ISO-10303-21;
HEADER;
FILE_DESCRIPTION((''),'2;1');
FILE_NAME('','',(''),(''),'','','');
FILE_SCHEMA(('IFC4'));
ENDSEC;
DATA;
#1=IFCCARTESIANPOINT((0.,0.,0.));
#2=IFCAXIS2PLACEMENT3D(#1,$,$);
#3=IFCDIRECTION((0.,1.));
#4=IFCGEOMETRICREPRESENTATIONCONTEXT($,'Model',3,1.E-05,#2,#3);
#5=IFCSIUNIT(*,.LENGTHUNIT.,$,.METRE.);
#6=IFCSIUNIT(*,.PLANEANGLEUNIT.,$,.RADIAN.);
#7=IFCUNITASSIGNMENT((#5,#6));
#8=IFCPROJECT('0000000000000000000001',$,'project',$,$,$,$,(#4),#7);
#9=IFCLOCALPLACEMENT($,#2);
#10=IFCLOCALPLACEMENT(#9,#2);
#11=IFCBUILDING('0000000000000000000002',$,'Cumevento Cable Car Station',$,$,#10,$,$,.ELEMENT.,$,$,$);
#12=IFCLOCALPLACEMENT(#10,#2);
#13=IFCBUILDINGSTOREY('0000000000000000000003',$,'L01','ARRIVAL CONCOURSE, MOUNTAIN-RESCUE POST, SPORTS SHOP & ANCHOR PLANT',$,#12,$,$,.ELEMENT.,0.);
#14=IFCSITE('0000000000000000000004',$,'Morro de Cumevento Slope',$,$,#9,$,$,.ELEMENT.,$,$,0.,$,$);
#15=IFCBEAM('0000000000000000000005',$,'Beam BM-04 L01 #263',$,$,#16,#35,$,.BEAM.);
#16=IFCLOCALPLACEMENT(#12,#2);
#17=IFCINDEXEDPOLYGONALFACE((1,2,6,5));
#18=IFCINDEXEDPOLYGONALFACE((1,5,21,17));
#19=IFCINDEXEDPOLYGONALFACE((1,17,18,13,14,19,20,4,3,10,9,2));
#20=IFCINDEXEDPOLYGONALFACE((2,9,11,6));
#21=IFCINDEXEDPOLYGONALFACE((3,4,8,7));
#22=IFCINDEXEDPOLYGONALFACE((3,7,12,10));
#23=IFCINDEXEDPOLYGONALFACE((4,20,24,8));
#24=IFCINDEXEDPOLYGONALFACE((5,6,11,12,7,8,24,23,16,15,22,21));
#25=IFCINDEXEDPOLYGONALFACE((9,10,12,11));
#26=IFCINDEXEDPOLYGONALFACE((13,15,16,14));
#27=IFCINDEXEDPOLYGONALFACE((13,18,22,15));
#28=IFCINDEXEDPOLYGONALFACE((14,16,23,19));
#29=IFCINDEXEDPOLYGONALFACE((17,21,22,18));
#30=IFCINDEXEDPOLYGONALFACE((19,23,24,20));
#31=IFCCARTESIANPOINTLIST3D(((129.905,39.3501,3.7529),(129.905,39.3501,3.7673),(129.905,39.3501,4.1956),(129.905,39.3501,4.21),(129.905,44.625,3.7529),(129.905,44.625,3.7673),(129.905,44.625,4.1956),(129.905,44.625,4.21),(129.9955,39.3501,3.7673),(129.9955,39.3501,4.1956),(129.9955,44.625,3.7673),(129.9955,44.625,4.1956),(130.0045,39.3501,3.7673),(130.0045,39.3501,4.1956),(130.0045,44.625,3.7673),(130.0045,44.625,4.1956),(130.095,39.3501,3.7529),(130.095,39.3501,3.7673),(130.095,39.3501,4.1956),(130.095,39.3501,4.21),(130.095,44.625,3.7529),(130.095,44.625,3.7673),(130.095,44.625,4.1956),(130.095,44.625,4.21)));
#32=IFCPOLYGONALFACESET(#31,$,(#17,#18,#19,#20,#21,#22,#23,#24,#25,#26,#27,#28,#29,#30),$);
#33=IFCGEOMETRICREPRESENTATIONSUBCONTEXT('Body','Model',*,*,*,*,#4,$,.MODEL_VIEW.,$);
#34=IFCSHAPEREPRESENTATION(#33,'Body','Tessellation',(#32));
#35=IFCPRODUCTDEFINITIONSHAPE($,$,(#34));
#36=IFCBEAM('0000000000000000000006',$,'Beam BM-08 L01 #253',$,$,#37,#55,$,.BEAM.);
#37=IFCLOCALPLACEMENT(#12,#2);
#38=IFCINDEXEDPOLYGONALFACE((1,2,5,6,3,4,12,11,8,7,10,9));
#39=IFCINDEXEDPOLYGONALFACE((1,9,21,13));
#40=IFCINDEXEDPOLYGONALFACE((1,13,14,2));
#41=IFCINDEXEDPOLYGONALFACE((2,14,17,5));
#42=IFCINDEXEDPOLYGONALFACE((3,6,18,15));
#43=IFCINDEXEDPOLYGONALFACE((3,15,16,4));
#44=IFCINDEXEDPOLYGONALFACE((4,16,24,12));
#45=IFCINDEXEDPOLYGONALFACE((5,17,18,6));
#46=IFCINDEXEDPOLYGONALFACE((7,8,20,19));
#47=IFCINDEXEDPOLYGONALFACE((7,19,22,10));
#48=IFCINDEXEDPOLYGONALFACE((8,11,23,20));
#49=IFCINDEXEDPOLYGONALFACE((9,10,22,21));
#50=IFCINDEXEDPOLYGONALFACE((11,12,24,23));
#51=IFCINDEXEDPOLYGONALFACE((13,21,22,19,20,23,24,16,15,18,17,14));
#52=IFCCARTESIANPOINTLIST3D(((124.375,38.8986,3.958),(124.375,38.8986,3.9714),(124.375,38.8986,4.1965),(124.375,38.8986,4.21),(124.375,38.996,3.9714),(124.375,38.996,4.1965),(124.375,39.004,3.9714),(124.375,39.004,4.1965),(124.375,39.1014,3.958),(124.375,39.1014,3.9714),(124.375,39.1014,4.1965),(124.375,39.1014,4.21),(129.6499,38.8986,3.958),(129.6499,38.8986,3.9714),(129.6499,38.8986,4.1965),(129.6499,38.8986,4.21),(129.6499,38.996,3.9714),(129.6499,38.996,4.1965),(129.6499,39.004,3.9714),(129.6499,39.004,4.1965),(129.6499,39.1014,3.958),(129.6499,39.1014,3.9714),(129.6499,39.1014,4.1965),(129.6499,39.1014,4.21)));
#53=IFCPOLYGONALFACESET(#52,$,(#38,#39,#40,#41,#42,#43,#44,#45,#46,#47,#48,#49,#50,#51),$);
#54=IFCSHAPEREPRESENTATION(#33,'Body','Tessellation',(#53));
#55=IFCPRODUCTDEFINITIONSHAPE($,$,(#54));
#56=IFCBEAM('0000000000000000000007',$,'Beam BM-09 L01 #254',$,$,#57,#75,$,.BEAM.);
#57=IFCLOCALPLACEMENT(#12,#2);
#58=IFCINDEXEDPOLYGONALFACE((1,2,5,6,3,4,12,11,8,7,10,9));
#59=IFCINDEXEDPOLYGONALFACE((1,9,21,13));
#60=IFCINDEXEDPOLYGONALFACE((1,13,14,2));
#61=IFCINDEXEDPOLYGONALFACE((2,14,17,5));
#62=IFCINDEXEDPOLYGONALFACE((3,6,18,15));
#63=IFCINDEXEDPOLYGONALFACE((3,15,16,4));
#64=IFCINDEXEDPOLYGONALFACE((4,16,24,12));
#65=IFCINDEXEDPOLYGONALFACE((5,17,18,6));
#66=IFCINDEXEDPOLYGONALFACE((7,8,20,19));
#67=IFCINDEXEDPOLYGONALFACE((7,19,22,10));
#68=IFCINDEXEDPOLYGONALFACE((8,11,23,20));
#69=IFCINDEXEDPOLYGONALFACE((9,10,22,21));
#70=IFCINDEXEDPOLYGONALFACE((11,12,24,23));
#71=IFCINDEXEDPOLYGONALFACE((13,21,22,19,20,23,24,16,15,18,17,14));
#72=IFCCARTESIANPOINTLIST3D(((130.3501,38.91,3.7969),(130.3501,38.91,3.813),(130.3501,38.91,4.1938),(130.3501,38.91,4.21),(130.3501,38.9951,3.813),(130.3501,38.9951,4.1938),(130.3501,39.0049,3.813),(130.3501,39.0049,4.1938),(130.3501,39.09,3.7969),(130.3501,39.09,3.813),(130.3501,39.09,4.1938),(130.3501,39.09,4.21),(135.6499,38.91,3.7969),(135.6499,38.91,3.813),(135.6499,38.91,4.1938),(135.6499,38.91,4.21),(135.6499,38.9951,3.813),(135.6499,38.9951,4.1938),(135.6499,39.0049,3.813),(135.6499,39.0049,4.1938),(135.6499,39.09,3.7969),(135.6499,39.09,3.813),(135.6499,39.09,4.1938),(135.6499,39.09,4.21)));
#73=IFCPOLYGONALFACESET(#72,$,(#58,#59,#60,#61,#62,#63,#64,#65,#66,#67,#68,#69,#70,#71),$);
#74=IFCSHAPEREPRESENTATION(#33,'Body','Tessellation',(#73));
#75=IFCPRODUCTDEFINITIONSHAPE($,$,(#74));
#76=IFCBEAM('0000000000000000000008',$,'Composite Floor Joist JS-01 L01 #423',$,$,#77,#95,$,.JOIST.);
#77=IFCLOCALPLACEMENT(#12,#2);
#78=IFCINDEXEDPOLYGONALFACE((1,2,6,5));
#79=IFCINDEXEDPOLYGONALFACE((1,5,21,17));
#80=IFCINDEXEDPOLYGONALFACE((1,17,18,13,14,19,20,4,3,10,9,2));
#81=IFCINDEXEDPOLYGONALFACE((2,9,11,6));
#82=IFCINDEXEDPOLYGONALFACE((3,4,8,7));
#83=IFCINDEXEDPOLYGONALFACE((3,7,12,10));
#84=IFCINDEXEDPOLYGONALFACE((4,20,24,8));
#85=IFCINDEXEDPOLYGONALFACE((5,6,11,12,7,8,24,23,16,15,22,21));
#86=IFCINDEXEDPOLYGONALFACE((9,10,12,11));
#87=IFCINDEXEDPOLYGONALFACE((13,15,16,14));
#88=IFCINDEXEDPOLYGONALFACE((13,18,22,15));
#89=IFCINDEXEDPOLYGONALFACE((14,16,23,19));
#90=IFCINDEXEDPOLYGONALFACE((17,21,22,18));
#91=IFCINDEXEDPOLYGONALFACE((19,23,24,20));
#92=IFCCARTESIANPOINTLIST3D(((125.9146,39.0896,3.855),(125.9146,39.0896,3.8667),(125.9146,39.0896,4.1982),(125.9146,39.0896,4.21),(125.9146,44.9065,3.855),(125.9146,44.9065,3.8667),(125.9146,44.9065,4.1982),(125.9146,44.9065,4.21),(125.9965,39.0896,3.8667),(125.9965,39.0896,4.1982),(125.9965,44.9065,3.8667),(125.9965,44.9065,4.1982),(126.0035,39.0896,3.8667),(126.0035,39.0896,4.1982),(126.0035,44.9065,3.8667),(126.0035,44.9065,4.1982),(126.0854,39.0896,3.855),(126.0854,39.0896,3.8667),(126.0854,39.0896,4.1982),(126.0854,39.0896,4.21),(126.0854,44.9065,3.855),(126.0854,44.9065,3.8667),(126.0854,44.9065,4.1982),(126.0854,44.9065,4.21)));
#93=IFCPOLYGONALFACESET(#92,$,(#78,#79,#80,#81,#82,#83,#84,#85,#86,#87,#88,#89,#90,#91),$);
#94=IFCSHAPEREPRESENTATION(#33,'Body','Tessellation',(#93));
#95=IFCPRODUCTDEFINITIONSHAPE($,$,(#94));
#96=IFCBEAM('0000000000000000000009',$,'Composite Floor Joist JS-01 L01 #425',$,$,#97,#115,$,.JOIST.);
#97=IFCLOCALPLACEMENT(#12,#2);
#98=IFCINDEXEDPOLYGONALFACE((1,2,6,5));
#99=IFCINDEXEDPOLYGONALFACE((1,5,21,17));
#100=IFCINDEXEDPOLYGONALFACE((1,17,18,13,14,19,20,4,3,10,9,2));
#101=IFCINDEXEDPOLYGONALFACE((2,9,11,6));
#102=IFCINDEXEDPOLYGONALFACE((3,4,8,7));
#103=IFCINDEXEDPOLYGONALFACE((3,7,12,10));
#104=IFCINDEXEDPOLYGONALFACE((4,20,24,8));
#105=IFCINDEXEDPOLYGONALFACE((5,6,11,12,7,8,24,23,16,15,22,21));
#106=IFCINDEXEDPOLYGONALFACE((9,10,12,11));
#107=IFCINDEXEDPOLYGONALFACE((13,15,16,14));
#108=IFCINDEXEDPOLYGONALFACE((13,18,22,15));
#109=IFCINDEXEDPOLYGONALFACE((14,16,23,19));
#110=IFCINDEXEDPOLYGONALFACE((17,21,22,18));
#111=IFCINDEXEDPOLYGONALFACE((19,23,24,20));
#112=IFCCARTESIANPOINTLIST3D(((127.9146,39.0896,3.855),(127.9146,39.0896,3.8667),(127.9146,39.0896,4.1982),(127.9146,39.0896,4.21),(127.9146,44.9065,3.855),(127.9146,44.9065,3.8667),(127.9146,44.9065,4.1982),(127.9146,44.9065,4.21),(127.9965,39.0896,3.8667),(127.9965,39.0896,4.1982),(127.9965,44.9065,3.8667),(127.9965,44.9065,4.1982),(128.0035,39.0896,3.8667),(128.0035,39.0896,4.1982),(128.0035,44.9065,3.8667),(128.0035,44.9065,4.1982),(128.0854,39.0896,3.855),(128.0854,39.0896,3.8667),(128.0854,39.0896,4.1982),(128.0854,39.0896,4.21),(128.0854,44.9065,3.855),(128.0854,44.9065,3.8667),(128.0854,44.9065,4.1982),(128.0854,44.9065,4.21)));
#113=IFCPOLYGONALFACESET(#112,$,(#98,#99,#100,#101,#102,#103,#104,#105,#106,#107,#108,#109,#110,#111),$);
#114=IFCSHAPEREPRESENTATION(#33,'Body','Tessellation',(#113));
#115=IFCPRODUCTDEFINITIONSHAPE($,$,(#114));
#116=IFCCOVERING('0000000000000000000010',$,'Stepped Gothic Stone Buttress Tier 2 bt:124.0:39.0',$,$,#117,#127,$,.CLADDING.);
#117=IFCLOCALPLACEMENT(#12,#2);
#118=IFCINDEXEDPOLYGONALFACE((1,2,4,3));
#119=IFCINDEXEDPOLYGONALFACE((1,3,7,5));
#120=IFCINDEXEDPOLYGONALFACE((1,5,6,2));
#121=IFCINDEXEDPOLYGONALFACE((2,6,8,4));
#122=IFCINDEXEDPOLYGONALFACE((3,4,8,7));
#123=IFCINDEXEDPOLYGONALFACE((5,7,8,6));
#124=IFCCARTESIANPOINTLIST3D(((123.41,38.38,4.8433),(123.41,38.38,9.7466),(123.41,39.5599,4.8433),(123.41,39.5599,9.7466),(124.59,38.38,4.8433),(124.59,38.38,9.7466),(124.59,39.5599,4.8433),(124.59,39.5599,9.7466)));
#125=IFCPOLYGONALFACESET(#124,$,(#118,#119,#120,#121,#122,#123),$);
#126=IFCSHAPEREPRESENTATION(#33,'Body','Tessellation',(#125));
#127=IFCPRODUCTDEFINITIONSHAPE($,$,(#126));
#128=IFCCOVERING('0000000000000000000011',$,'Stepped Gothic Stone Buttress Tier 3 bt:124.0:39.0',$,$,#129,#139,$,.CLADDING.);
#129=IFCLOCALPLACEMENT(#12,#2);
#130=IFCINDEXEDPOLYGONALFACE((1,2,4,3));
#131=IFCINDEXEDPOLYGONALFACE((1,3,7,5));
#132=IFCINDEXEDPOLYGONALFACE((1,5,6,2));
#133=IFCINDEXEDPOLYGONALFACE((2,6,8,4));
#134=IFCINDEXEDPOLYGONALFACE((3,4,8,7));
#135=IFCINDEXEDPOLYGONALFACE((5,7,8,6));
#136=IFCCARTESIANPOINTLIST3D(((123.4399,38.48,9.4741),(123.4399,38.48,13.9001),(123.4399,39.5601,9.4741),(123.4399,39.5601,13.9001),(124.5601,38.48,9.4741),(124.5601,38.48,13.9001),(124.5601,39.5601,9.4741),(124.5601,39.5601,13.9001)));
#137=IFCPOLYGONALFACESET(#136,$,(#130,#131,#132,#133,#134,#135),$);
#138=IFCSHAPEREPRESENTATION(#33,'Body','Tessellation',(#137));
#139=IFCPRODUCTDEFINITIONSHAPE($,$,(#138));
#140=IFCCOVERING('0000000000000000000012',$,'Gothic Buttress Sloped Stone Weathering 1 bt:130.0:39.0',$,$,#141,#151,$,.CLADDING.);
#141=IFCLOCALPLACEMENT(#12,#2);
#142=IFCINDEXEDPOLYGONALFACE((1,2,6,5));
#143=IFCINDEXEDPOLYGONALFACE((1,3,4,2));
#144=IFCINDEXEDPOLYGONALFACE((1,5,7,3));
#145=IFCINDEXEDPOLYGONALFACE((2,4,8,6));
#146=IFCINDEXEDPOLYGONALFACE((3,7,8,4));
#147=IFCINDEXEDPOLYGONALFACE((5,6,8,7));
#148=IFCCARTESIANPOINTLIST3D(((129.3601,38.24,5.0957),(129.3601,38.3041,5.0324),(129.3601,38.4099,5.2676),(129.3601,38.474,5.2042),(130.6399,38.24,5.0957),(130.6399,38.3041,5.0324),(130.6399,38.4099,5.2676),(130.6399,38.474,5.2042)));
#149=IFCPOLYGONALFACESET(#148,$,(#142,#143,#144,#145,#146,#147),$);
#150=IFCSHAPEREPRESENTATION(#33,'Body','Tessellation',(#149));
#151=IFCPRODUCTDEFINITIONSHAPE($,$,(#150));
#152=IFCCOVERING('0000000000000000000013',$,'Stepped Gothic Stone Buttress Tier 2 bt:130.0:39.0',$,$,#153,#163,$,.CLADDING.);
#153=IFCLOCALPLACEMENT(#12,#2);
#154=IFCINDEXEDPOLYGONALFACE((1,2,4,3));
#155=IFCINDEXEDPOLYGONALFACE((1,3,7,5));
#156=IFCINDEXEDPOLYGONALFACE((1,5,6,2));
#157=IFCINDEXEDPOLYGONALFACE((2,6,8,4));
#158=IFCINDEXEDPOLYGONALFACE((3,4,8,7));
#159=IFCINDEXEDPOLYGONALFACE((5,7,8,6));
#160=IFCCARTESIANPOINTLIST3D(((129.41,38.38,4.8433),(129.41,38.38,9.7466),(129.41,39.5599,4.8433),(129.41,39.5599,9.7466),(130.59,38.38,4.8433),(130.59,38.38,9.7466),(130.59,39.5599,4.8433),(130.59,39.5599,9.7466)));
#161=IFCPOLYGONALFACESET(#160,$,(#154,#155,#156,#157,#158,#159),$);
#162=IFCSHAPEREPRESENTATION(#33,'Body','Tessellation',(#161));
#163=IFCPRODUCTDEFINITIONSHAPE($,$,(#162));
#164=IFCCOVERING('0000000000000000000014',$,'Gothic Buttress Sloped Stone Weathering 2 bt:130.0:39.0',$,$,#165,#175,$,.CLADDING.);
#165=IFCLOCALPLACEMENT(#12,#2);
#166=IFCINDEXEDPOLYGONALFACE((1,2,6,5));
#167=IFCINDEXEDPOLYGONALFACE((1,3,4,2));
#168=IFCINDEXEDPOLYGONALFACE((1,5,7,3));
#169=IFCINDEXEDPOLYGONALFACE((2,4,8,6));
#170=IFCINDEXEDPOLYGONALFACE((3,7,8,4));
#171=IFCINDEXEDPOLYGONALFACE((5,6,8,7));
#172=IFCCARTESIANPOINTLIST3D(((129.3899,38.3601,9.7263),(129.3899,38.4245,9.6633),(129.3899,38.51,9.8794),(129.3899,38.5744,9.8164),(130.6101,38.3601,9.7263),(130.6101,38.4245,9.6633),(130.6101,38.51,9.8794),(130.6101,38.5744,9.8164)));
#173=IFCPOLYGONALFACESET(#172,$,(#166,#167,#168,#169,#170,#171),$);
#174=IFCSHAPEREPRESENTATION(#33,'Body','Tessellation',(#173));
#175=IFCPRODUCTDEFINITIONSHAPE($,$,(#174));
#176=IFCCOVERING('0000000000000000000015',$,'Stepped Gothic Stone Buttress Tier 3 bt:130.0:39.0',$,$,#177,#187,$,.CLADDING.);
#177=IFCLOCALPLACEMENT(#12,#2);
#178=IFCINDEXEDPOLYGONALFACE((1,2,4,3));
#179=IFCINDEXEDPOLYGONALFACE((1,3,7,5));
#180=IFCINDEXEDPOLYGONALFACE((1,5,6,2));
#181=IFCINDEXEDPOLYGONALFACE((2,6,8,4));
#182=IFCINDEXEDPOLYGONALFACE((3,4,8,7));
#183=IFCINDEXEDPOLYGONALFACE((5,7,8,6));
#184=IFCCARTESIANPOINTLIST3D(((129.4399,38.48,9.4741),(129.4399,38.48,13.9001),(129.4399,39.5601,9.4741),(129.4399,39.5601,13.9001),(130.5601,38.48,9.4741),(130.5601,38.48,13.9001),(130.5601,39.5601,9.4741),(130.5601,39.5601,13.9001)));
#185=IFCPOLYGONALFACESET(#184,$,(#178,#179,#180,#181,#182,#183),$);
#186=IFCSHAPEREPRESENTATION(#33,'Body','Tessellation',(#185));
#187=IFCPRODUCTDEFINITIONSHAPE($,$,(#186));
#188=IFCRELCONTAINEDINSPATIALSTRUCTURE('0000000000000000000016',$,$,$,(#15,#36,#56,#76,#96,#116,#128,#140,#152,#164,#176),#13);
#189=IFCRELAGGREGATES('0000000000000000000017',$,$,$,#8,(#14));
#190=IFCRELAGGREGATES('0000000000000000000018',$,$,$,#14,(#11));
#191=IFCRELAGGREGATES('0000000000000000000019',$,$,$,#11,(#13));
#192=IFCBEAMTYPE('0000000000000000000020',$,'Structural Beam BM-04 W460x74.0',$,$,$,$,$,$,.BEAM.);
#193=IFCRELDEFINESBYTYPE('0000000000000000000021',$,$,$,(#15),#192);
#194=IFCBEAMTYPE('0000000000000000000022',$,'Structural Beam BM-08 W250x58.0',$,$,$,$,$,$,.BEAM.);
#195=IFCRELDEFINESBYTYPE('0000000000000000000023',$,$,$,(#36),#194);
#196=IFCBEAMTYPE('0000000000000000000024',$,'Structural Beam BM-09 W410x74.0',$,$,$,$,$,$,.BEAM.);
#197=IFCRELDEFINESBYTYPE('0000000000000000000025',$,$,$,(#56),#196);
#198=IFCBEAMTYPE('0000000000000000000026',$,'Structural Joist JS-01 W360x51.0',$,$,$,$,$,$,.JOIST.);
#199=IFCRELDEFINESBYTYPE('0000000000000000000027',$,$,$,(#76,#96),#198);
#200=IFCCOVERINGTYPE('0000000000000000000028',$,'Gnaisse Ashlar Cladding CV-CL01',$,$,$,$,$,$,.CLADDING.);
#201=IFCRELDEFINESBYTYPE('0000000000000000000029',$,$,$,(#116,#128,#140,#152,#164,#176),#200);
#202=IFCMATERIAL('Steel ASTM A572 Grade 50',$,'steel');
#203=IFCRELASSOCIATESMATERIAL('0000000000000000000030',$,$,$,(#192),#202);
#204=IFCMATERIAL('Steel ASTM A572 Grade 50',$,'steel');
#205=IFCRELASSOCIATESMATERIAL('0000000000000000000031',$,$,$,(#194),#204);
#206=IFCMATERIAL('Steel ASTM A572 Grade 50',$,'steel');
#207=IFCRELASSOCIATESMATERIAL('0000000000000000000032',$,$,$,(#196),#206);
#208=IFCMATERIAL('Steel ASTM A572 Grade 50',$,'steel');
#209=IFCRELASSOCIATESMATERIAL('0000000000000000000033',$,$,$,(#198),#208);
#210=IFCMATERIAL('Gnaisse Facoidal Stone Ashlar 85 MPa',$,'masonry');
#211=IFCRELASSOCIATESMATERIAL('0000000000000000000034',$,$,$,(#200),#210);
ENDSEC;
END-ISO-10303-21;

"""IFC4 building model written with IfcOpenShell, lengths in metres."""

from ifc_helpers import new_model, si_unit, direction, frame, origin, origin_2d, place, context, subcontext, project, spatial, polyline, rectangle, i_section, outline, extrude, material, material_profile, profile_set, type_object, element, save


model = new_model("IFC4")

# Units and contexts
model_context = context("Model", 3, precision=1e-05, world=origin(), true_north=direction((0.0, 1.0)))
body_context = subcontext(model_context, "Body", "Model", "MODEL_VIEW")
ifc_project = project(units=[si_unit("LENGTHUNIT", "METRE"), si_unit("PLANEANGLEUNIT", "RADIAN")], contexts=[model_context])

# Site, building, storey
site_placement = place(None, origin())
site = spatial("IfcSite", under=ifc_project, at=site_placement, Name="Morro de Cumevento Slope", CompositionType="ELEMENT", RefElevation=0.0)
building_placement = place(site_placement, origin())
building = spatial("IfcBuilding", under=site, at=building_placement, Name="Cumevento Cable Car Station", CompositionType="ELEMENT")
storey_placement = place(building_placement, origin())
storey = spatial("IfcBuildingStorey", under=building, at=storey_placement, Name="L01", Description="ARRIVAL CONCOURSE, MOUNTAIN-RESCUE POST, SPORTS SHOP & ANCHOR PLANT", CompositionType="ELEMENT", Elevation=0.0)

# Beams
ifc_material_1 = material(Name="Steel ASTM A572 Grade 50", Category="steel")
ifc_material_profile_1 = material_profile(ifc_material_1, i_section(OverallWidth=0.1899, OverallDepth=0.457, WebThickness=0.009, FlangeThickness=0.0144, at=origin_2d()), Name="W460x74.0")
ifc_profile_set_1 = profile_set([ifc_material_profile_1], Name="Steel ASTM A572 Grade 50")
beam_type_1 = type_object("IfcBeamType", Name="Structural Beam BM-04 W460x74.0", PredefinedType="BEAM", material=ifc_profile_set_1)
beam_1_placement = place(storey_placement, frame((130.0, 39.3501, 3.9814), z_axis=(0.0, 1.0, 0.0), x_axis=(-1.0, 0.0, 0.0)))
element("IfcBeam", 1, at=beam_1_placement, inside=storey, type_object=beam_type_1, Name="Beam BM-04 L01 #263", PredefinedType="BEAM", context=body_context, shape_type="SweptSolid", body=[
    extrude(i_section(OverallWidth=0.1899, OverallDepth=0.457, WebThickness=0.009, FlangeThickness=0.0144, at=origin_2d()), origin(), (0.0, 0.0, 1.0), 5.2749),
])
ifc_material_2 = material(Name="Steel ASTM A572 Grade 50", Category="steel")
ifc_material_profile_2 = material_profile(ifc_material_2, i_section(OverallWidth=0.2029, OverallDepth=0.252, WebThickness=0.0081, FlangeThickness=0.0134, at=origin_2d()), Name="W250x58.0")
ifc_profile_set_2 = profile_set([ifc_material_profile_2], Name="Steel ASTM A572 Grade 50")
beam_type_2 = type_object("IfcBeamType", Name="Structural Beam BM-08 W250x58.0", PredefinedType="BEAM", material=ifc_profile_set_2)
beam_2_placement = place(storey_placement, frame((124.375, 39.0, 4.084), z_axis=(1.0, 0.0, 0.0), x_axis=(0.0, 1.0, 0.0)))
element("IfcBeam", 2, at=beam_2_placement, inside=storey, type_object=beam_type_2, Name="Beam BM-08 L01 #253", PredefinedType="BEAM", context=body_context, shape_type="SweptSolid", body=[
    extrude(i_section(OverallWidth=0.2029, OverallDepth=0.252, WebThickness=0.0081, FlangeThickness=0.0134, at=origin_2d()), origin(), (0.0, 0.0, 1.0), 5.2749),
])
ifc_material_3 = material(Name="Steel ASTM A572 Grade 50", Category="steel")
ifc_material_profile_3 = material_profile(ifc_material_3, i_section(OverallWidth=0.1799, OverallDepth=0.4131, WebThickness=0.0098, FlangeThickness=0.0161, at=origin_2d()), Name="W410x74.0")
ifc_profile_set_3 = profile_set([ifc_material_profile_3], Name="Steel ASTM A572 Grade 50")
beam_type_3 = type_object("IfcBeamType", Name="Structural Beam BM-09 W410x74.0", PredefinedType="BEAM", material=ifc_profile_set_3)
beam_3_placement = place(storey_placement, frame((130.3501, 39.0, 4.0034), z_axis=(1.0, 0.0, 0.0), x_axis=(0.0, 1.0, 0.0)))
element("IfcBeam", 3, at=beam_3_placement, inside=storey, type_object=beam_type_3, Name="Beam BM-09 L01 #254", PredefinedType="BEAM", context=body_context, shape_type="SweptSolid", body=[
    extrude(i_section(OverallWidth=0.1799, OverallDepth=0.4131, WebThickness=0.0098, FlangeThickness=0.0161, at=origin_2d()), origin(), (0.0, 0.0, 1.0), 5.2998),
])
ifc_material_4 = material(Name="Steel ASTM A572 Grade 50", Category="steel")
ifc_material_profile_4 = material_profile(ifc_material_4, i_section(OverallWidth=0.1709, OverallDepth=0.355, WebThickness=0.0071, FlangeThickness=0.0117, at=origin_2d()), Name="W360x51.0")
ifc_profile_set_4 = profile_set([ifc_material_profile_4], Name="Steel ASTM A572 Grade 50")
beam_type_4 = type_object("IfcBeamType", Name="Structural Joist JS-01 W360x51.0", PredefinedType="JOIST", material=ifc_profile_set_4)
for number, where, z_axis, x_axis, name in (
    (4, (126.0, 39.0896, 4.0325), (0.0, 1.0, 0.0), (-1.0, 0.0, 0.0), "Composite Floor Joist JS-01 L01 #423"),
    (5, (128.0, 39.0896, 4.0325), (0.0, 1.0, 0.0), (-1.0, 0.0, 0.0), "Composite Floor Joist JS-01 L01 #425"),
):
    element("IfcBeam", number, at=place(storey_placement, frame(where, z_axis=z_axis, x_axis=x_axis)), inside=storey, type_object=beam_type_4, Name=name, PredefinedType="JOIST", context=body_context, shape_type="SweptSolid", body=[
        extrude(i_section(OverallWidth=0.1709, OverallDepth=0.355, WebThickness=0.0071, FlangeThickness=0.0117, at=origin_2d()), origin(), (0.0, 0.0, 1.0), 5.8169),
    ])

# Coverings
ifc_material_5 = material(Name="Gnaisse Facoidal Stone Ashlar 85 MPa", Category="masonry")
covering_type = type_object("IfcCoveringType", Name="Gnaisse Ashlar Cladding CV-CL01", PredefinedType="CLADDING", material=ifc_material_5)
covering_1_placement = place(storey_placement, frame((124.0, 38.97, 4.8433), z_axis=(0.0, 0.0, 1.0), x_axis=(1.0, 0.0, 0.0)))
element("IfcCovering", 6, at=covering_1_placement, inside=storey, type_object=covering_type, Name="Stepped Gothic Stone Buttress Tier 2 bt:124.0:39.0", PredefinedType="CLADDING", context=body_context, shape_type="SweptSolid", body=[
    extrude(rectangle(XDim=1.1799, YDim=1.1799, at=origin_2d()), origin(), (0.0, 0.0, 1.0), 4.9033),
])
covering_2_placement = place(storey_placement, frame((124.0, 39.02, 9.4741), z_axis=(0.0, 0.0, 1.0), x_axis=(1.0, 0.0, 0.0)))
element("IfcCovering", 7, at=covering_2_placement, inside=storey, type_object=covering_type, Name="Stepped Gothic Stone Buttress Tier 3 bt:124.0:39.0", PredefinedType="CLADDING", context=body_context, shape_type="SweptSolid", body=[
    extrude(rectangle(XDim=1.1201, YDim=1.0801, at=origin_2d()), origin(), (0.0, 0.0, 1.0), 4.426),
])
covering_3_placement = place(storey_placement, frame((129.3601, 38.24, 5.0957), z_axis=(0.0, -0.711136, 0.703055), x_axis=(1.0, 0.0, 0.0)))
element("IfcCovering", 8, at=covering_3_placement, inside=storey, type_object=covering_type, Name="Gothic Buttress Sloped Stone Weathering 1 bt:130.0:39.0", PredefinedType="CLADDING", context=body_context, shape_type="SweptSolid", body=[
    extrude(outline(polyline([(0.0, 0.0), (1.2798, 0.0), (1.2798, 0.2417), (0.0, 0.2417), (0.0, 0.0)])), origin(), (0.0, 0.0, -1.0), 0.0901),
])
covering_4_placement = place(storey_placement, frame((130.0, 38.97, 4.8433), z_axis=(0.0, 0.0, 1.0), x_axis=(1.0, 0.0, 0.0)))
element("IfcCovering", 9, at=covering_4_placement, inside=storey, type_object=covering_type, Name="Stepped Gothic Stone Buttress Tier 2 bt:130.0:39.0", PredefinedType="CLADDING", context=body_context, shape_type="SweptSolid", body=[
    extrude(rectangle(XDim=1.1799, YDim=1.1799, at=origin_2d()), origin(), (0.0, 0.0, 1.0), 4.9033),
])
covering_5_placement = place(storey_placement, frame((129.3899, 38.3601, 9.7263), z_axis=(0.0, -0.714475, 0.699661), x_axis=(1.0, 0.0, 0.0)))
element("IfcCovering", 10, at=covering_5_placement, inside=storey, type_object=covering_type, Name="Gothic Buttress Sloped Stone Weathering 2 bt:130.0:39.0", PredefinedType="CLADDING", context=body_context, shape_type="SweptSolid", body=[
    extrude(outline(polyline([(0.0, 0.0), (1.2202, 0.0), (1.2202, 0.2142), (0.0, 0.2142), (0.0, 0.0)])), origin(), (0.0, 0.0, -1.0), 0.0901),
])
covering_6_placement = place(storey_placement, frame((130.0, 39.02, 9.4741), z_axis=(0.0, 0.0, 1.0), x_axis=(1.0, 0.0, 0.0)))
element("IfcCovering", 11, at=covering_6_placement, inside=storey, type_object=covering_type, Name="Stepped Gothic Stone Buttress Tier 3 bt:130.0:39.0", PredefinedType="CLADDING", context=body_context, shape_type="SweptSolid", body=[
    extrude(rectangle(XDim=1.1201, YDim=1.0801, at=origin_2d()), origin(), (0.0, 0.0, 1.0), 4.426),
])

save(model, "model.ifc")
